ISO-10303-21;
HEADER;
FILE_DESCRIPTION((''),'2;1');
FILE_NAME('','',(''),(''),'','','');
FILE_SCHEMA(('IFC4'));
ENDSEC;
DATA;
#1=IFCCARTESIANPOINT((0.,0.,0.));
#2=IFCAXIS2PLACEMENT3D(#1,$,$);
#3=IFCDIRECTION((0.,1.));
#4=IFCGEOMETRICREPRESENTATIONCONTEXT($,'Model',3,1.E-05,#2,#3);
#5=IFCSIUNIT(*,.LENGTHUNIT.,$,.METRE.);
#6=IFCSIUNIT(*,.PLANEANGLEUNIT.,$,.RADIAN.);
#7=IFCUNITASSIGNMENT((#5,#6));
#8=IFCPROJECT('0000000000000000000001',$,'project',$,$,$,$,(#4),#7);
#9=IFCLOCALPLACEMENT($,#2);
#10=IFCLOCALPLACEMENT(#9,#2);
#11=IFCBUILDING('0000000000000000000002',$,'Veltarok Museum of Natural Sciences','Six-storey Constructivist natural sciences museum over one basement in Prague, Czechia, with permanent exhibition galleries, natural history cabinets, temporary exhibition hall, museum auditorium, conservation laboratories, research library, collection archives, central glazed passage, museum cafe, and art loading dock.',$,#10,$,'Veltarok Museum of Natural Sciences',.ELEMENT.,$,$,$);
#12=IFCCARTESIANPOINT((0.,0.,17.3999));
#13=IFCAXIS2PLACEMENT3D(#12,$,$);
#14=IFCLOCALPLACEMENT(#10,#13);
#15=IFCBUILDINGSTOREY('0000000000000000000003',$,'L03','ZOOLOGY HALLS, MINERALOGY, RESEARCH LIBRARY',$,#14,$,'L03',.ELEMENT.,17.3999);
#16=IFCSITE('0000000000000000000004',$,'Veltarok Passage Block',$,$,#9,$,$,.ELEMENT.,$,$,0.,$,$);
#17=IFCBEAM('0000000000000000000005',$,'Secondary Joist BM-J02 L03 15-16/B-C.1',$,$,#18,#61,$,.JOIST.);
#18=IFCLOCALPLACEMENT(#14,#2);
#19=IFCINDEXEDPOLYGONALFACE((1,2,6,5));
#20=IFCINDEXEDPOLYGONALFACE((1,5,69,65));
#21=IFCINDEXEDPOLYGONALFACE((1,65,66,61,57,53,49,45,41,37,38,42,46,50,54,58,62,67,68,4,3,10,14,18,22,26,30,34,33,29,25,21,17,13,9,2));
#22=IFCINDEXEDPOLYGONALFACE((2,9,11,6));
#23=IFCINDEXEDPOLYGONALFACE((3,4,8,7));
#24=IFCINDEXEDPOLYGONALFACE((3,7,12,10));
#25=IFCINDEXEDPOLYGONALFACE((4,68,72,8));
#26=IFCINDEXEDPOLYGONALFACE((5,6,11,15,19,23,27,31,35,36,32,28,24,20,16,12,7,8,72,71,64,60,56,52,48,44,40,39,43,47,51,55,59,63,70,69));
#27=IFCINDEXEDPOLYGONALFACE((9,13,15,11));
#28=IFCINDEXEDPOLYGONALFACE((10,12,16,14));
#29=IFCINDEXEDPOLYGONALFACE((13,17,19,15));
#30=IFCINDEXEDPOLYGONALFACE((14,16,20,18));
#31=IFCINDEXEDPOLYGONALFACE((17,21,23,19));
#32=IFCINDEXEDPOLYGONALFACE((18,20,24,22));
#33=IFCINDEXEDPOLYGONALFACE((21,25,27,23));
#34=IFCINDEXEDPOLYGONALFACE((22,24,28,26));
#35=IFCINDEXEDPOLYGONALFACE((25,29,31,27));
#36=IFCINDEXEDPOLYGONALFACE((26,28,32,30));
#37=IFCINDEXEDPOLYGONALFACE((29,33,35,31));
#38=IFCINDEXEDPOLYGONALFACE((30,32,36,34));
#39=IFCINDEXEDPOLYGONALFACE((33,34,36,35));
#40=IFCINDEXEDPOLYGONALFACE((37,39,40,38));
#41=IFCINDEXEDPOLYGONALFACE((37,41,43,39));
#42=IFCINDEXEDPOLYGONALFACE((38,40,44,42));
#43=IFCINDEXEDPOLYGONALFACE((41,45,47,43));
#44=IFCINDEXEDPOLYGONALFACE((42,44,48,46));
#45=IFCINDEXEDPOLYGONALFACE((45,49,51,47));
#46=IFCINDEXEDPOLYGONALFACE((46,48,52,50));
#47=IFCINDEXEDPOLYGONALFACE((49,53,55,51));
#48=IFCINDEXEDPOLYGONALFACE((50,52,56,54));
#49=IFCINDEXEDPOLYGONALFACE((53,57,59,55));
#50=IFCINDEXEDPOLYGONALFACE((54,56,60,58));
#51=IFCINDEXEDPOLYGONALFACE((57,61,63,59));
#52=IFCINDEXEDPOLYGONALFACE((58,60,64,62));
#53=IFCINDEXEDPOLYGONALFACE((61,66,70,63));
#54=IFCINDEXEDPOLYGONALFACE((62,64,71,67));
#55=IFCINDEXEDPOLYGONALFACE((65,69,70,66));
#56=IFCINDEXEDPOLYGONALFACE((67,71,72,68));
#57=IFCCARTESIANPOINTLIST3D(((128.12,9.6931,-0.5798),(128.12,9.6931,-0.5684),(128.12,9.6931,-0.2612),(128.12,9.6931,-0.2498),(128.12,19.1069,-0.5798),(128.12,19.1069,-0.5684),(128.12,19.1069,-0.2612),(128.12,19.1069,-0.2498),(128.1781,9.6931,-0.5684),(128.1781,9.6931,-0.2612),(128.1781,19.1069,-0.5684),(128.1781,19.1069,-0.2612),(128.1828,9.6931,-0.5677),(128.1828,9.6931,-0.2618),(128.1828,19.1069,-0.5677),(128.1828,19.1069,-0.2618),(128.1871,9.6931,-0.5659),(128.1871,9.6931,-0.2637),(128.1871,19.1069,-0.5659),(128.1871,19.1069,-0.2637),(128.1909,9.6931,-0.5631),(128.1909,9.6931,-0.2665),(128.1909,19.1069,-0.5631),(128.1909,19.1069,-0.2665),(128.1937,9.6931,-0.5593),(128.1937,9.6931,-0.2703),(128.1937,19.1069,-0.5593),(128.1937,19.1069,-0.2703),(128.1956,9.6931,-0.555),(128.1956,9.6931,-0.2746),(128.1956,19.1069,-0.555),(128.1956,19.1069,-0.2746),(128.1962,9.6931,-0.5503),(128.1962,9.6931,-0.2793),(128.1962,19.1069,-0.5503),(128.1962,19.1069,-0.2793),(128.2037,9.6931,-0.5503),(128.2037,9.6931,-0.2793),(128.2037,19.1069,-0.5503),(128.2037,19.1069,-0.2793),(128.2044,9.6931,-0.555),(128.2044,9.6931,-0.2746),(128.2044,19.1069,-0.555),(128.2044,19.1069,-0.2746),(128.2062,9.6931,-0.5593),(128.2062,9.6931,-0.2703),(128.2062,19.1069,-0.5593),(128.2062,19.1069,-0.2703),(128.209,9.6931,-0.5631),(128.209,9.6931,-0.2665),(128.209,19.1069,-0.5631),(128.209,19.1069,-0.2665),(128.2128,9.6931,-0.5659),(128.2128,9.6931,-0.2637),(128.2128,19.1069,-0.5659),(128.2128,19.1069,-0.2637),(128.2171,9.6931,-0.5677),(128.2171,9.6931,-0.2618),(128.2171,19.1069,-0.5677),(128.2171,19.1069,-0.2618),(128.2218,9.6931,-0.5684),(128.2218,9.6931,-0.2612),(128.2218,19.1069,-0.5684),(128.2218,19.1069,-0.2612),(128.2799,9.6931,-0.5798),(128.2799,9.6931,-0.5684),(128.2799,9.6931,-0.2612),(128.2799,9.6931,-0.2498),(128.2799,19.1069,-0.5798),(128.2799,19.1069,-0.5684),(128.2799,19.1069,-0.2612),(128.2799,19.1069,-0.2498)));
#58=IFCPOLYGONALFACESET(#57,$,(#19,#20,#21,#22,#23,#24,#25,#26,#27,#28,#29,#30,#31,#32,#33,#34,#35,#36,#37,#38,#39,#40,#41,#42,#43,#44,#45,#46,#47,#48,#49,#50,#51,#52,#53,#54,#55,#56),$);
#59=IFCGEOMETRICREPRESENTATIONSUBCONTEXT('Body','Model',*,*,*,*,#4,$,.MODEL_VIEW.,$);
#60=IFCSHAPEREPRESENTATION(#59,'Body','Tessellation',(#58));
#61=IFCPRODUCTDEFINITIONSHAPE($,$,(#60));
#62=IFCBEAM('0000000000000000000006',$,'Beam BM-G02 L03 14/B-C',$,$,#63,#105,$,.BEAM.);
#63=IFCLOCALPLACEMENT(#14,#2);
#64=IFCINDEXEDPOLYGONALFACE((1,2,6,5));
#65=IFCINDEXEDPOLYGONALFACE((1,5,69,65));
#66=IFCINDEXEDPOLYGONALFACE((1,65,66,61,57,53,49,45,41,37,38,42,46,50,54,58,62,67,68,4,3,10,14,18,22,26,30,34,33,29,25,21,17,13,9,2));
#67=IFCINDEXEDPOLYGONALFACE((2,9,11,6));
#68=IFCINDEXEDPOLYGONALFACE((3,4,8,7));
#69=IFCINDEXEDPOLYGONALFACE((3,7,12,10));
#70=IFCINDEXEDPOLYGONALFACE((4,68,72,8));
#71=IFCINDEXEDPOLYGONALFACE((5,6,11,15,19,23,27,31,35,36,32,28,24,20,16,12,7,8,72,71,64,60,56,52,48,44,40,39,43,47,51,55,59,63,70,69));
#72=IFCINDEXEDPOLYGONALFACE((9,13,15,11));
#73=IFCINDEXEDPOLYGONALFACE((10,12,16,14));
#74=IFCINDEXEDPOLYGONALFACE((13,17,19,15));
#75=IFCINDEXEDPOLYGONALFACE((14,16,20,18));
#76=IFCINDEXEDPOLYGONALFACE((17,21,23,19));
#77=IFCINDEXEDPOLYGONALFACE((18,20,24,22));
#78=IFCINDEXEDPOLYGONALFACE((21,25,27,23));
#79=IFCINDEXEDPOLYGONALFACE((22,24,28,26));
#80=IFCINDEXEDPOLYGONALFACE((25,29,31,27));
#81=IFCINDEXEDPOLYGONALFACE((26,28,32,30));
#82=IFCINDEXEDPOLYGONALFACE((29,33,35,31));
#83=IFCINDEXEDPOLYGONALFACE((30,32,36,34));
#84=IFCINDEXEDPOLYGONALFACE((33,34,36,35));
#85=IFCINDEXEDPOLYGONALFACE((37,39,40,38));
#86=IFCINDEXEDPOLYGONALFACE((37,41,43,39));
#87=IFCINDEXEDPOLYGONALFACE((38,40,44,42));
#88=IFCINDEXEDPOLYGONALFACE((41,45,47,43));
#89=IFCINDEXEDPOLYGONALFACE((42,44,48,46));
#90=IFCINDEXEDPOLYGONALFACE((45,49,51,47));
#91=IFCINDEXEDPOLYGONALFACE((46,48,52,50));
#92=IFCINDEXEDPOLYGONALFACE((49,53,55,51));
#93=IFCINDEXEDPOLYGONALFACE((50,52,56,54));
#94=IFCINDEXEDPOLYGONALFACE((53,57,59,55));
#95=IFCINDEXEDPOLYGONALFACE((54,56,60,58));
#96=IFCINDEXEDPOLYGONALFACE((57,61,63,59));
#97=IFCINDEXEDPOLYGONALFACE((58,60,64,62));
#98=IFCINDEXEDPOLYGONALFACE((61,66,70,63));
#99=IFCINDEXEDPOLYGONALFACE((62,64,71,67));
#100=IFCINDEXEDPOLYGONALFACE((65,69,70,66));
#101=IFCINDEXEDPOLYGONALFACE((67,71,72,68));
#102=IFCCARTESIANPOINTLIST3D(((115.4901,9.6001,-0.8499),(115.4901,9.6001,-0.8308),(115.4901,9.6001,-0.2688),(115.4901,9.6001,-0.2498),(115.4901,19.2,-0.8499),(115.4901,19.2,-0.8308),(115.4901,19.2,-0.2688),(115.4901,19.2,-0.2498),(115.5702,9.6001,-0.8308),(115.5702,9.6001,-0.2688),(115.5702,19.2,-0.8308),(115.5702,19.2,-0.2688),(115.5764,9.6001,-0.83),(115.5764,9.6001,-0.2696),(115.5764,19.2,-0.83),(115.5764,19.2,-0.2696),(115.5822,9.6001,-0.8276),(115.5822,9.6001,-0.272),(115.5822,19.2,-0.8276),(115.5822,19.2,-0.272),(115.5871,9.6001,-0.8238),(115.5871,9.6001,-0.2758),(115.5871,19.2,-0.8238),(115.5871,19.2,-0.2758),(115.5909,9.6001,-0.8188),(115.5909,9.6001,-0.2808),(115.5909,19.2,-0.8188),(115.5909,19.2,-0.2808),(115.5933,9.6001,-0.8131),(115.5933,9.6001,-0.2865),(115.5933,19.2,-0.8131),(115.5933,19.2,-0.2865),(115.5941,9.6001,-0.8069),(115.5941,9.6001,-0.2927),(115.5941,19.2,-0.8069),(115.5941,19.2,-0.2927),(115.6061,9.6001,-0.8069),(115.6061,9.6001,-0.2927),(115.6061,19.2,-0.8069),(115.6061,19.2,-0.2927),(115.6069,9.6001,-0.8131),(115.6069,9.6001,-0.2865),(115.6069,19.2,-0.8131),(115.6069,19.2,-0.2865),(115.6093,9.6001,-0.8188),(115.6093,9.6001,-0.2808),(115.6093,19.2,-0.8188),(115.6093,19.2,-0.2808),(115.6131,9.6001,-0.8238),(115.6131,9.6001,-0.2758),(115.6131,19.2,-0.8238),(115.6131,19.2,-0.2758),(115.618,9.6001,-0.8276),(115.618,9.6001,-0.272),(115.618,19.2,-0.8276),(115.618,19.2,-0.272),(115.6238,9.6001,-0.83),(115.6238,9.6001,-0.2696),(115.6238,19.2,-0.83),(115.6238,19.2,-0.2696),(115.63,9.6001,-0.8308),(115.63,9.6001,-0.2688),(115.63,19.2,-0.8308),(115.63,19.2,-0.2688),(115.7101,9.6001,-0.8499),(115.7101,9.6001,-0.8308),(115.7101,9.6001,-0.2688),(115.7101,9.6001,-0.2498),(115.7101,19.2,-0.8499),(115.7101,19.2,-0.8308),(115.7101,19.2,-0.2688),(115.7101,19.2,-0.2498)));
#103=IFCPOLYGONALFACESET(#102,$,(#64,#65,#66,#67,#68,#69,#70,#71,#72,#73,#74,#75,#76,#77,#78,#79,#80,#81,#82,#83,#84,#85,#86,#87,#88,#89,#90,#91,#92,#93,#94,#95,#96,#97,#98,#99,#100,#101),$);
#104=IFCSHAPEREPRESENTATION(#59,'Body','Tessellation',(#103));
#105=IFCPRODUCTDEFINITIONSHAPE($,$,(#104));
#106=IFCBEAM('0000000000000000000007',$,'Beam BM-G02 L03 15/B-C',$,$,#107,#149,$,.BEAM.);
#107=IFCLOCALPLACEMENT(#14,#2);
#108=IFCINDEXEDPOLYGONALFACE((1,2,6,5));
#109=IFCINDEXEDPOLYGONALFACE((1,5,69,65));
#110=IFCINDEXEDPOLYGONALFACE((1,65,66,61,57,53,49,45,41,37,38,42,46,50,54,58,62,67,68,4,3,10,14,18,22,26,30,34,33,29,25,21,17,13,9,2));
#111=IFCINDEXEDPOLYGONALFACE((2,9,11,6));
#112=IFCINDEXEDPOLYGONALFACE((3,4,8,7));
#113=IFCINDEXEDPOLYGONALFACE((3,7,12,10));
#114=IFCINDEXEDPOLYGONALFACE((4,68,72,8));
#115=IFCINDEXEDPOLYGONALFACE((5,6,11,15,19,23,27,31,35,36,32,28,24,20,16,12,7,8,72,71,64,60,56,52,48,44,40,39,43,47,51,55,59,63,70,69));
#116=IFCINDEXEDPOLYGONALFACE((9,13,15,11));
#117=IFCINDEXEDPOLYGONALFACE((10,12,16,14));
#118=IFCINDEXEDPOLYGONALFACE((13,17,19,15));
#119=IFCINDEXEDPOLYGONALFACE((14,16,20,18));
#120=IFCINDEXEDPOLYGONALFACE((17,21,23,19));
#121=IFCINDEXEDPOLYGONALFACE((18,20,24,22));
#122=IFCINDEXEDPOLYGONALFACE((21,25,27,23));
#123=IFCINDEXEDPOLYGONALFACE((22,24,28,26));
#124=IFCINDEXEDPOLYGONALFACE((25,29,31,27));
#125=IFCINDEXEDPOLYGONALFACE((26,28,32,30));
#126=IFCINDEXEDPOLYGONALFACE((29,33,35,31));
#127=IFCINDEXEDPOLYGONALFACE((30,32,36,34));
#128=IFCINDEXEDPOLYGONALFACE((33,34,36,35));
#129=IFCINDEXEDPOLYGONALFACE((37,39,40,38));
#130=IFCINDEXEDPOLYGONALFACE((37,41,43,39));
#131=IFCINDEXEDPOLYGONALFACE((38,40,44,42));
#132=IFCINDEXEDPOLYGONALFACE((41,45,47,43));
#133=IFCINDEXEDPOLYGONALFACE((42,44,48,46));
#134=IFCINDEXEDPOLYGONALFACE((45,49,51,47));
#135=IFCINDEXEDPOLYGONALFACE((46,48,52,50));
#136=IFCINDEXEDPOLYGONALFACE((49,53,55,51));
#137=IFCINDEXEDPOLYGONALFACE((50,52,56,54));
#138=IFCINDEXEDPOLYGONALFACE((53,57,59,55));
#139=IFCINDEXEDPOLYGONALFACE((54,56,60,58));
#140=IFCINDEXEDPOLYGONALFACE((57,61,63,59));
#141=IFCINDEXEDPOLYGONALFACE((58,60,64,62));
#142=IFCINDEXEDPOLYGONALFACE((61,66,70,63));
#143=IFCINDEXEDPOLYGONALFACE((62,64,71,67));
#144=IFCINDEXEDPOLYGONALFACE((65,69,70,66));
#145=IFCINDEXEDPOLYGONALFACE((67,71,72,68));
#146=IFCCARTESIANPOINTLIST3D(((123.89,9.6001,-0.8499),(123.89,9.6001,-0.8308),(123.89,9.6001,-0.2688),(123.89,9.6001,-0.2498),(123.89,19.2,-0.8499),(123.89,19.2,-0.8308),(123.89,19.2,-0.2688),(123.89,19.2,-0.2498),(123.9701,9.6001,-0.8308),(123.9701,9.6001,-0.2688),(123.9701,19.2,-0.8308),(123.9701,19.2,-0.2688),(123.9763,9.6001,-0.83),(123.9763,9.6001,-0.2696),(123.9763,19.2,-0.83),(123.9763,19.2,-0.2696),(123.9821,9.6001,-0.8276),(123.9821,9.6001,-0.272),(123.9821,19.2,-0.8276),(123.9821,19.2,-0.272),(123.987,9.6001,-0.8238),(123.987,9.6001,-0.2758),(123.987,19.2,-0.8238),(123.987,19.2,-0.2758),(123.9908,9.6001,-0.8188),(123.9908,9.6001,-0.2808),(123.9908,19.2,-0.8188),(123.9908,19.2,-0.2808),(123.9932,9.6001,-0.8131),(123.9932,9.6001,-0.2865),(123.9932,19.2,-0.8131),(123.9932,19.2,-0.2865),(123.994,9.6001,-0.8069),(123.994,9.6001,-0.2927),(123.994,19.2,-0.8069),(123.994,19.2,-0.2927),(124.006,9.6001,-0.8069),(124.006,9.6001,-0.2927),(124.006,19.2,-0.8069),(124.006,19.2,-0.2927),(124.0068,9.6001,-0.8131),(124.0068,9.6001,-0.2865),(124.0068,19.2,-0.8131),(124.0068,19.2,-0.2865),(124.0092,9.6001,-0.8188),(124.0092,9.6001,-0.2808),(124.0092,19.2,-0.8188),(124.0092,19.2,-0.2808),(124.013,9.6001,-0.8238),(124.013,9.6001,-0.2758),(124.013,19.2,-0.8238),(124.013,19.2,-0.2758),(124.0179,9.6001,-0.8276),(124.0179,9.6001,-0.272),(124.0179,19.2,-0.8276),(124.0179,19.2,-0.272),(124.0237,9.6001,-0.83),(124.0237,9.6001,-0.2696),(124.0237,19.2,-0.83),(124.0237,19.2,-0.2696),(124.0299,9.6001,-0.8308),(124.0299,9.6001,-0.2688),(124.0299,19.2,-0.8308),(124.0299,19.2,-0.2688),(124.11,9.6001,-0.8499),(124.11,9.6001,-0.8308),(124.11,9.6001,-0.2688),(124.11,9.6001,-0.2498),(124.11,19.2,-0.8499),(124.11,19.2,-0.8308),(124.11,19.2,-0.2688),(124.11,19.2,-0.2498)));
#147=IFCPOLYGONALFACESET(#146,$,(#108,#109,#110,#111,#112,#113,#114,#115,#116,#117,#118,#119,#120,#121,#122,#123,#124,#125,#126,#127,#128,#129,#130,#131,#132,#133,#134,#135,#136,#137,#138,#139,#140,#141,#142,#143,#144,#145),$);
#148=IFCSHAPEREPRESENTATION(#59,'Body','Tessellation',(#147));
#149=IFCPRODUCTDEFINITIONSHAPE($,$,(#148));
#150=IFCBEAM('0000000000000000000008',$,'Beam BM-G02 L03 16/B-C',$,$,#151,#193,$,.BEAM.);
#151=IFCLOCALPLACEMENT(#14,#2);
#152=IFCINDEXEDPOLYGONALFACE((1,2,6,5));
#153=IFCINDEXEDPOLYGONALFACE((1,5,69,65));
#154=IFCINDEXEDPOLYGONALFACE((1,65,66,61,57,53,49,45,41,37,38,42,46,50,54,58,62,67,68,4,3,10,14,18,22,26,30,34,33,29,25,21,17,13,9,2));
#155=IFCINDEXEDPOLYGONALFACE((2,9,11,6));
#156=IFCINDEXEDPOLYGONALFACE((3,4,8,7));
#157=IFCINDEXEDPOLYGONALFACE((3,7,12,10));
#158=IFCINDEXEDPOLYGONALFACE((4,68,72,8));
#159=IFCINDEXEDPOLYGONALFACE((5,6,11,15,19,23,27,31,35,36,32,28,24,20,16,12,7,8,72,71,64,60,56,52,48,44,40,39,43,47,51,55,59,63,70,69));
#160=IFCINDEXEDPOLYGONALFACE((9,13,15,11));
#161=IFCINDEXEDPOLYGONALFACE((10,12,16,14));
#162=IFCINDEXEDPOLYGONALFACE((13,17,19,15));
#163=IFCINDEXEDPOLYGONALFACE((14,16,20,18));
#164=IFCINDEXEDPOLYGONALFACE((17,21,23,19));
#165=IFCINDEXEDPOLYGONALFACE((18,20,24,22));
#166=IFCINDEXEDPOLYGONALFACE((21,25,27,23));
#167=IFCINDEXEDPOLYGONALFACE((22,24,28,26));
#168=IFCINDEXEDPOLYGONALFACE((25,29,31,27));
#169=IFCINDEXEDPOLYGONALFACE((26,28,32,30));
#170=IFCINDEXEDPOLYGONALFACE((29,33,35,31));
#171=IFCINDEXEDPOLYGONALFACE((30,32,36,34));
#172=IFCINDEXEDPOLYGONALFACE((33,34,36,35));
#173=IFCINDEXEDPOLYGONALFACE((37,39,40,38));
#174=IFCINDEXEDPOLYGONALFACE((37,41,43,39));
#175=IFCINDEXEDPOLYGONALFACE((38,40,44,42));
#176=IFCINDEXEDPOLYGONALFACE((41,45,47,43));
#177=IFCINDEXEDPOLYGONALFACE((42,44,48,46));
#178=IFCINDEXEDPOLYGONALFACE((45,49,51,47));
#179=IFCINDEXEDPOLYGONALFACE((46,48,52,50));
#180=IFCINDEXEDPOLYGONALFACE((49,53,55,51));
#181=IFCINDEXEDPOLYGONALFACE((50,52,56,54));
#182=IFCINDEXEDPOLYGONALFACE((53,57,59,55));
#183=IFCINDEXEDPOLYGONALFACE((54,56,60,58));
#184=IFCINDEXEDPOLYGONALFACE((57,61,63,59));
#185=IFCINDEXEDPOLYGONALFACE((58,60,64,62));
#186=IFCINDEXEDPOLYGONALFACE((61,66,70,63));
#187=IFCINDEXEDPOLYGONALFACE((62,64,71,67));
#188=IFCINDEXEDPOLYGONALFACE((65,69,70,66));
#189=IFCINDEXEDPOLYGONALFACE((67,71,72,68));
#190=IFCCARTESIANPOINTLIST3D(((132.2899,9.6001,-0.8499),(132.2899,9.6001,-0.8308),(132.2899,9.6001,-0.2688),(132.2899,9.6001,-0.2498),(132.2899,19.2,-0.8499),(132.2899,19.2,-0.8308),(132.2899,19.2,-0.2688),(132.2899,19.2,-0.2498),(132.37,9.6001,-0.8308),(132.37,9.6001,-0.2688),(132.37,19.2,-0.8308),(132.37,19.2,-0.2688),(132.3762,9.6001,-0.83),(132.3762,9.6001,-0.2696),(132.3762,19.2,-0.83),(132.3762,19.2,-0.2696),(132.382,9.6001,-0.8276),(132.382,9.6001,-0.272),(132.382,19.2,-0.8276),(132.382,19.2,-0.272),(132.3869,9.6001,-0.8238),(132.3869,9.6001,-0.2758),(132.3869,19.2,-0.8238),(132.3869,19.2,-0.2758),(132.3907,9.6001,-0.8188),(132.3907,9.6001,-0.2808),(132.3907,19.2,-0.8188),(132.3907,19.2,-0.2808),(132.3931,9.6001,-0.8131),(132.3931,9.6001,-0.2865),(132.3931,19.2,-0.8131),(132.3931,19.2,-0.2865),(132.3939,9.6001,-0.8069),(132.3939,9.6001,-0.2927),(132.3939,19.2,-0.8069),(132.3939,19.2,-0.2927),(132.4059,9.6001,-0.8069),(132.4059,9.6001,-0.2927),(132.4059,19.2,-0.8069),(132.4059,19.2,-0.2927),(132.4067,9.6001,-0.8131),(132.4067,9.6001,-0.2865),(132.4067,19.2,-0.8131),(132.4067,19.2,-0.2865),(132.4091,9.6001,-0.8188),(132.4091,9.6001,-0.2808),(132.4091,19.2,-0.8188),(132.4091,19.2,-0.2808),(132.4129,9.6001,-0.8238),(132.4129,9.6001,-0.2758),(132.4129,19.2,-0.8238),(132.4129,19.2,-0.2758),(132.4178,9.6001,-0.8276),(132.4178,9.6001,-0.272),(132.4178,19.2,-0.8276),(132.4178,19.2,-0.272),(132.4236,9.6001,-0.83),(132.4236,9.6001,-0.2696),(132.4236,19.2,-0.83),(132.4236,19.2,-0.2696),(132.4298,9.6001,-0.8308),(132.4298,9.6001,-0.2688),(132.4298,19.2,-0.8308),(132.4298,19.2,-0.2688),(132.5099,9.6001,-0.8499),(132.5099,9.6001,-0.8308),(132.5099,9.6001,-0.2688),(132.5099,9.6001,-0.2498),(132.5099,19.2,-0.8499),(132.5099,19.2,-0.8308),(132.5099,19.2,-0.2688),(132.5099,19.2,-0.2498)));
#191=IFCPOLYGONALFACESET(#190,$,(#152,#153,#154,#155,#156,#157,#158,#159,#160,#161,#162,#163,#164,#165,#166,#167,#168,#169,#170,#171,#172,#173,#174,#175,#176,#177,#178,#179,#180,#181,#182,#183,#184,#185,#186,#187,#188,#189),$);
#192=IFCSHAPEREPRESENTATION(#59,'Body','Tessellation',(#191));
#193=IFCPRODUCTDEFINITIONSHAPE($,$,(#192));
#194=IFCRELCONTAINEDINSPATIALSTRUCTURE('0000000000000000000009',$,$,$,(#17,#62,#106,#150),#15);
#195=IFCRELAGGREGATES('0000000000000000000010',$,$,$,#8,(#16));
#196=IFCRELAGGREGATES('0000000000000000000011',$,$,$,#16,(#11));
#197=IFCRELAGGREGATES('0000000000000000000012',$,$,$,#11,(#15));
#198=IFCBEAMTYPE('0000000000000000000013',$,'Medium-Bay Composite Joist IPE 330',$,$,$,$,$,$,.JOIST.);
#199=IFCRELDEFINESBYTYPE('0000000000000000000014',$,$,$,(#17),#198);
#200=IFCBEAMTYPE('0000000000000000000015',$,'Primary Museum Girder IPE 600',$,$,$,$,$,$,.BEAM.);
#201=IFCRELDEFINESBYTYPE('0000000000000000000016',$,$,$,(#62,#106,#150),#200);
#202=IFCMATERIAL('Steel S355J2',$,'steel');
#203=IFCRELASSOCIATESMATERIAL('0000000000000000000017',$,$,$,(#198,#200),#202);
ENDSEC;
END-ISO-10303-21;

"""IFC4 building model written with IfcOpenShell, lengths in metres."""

from ifc_helpers import new_model, si_unit, direction, frame, origin, origin_2d, place, context, subcontext, project, spatial, i_section, extrude, material, material_profile, profile_set, type_object, element, save


model = new_model("IFC4")

# Units and contexts
model_context = context("Model", 3, precision=1e-05, world=origin(), true_north=direction((0.0, 1.0)))
body_context = subcontext(model_context, "Body", "Model", "MODEL_VIEW")
ifc_project = project(units=[si_unit("LENGTHUNIT", "METRE"), si_unit("PLANEANGLEUNIT", "RADIAN")], contexts=[model_context])

# Site, building, storey
site_placement = place(None, origin())
site = spatial("IfcSite", under=ifc_project, at=site_placement, Name="Veltarok Passage Block", CompositionType="ELEMENT", RefElevation=0.0)
building_placement = place(site_placement, origin())
building = spatial("IfcBuilding", under=site, at=building_placement, Name="Veltarok Museum of Natural Sciences", Description="Six-storey Constructivist natural sciences museum over one basement in Prague, Czechia, with permanent exhibition galleries, natural history cabinets, temporary exhibition hall, museum auditorium, conservation laboratories, research library, collection archives, central glazed passage, museum cafe, and art loading dock.", LongName="Veltarok Museum of Natural Sciences", CompositionType="ELEMENT")
storey_placement = place(building_placement, frame((0.0, 0.0, 17.3999)))
storey = spatial("IfcBuildingStorey", under=building, at=storey_placement, Name="L03", Description="ZOOLOGY HALLS, MINERALOGY, RESEARCH LIBRARY", LongName="L03", CompositionType="ELEMENT", Elevation=17.3999)

# Shared definitions
ifc_material_1 = material(Name="Steel S355J2", Category="steel")

# Beams
ifc_material_profile_1 = material_profile(ifc_material_1, i_section(OverallWidth=0.1599, OverallDepth=0.3301, WebThickness=0.0076, FlangeThickness=0.0115, FilletRadius=0.0181, at=origin_2d()), Name="IPE 330")
ifc_profile_set_1 = profile_set([ifc_material_profile_1], Name="Steel S355J2")
beam_type_1 = type_object("IfcBeamType", Name="Medium-Bay Composite Joist IPE 330", PredefinedType="JOIST", material=ifc_profile_set_1)
for number, where, z_axis, x_axis, name in (
    (1, (128.2, 9.6931, -0.4148), (0.0, 1.0, 0.0), (-1.0, 0.0, 0.0), "Secondary Joist BM-J02 L03 15-16/B-C.1"),
):
    element("IfcBeam", number, at=place(storey_placement, frame(where, z_axis=z_axis, x_axis=x_axis)), inside=storey, type_object=beam_type_1, Name=name, PredefinedType="JOIST", context=body_context, shape_type="SweptSolid", body=[
        extrude(i_section(OverallWidth=0.1599, OverallDepth=0.3301, WebThickness=0.0076, FlangeThickness=0.0115, FilletRadius=0.0181, at=origin_2d()), origin(), (0.0, 0.0, 1.0), 9.4138),
    ])
ifc_material_profile_2 = material_profile(ifc_material_1, i_section(OverallWidth=0.22, OverallDepth=0.6001, WebThickness=0.012, FlangeThickness=0.019, FilletRadius=0.0239, at=origin_2d()), Name="IPE 600")
ifc_profile_set_2 = profile_set([ifc_material_profile_2], Name="Steel S355J2")
beam_type_2 = type_object("IfcBeamType", Name="Primary Museum Girder IPE 600", PredefinedType="BEAM", material=ifc_profile_set_2)
for number, where, z_axis, x_axis, name in (
    (2, (115.6001, 9.6001, -0.5498), (0.0, 1.0, 0.0), (-1.0, 0.0, 0.0), "Beam BM-G02 L03 14/B-C"),
    (3, (124.0, 9.6001, -0.5498), (0.0, 1.0, 0.0), (-1.0, 0.0, 0.0), "Beam BM-G02 L03 15/B-C"),
    (4, (132.3999, 9.6001, -0.5498), (0.0, 1.0, 0.0), (-1.0, 0.0, 0.0), "Beam BM-G02 L03 16/B-C"),
):
    element("IfcBeam", number, at=place(storey_placement, frame(where, z_axis=z_axis, x_axis=x_axis)), inside=storey, type_object=beam_type_2, Name=name, PredefinedType="BEAM", context=body_context, shape_type="SweptSolid", body=[
        extrude(i_section(OverallWidth=0.22, OverallDepth=0.6001, WebThickness=0.012, FlangeThickness=0.019, FilletRadius=0.0239, at=origin_2d()), origin(), (0.0, 0.0, 1.0), 9.5999),
    ])

save(model, "model.ifc")
